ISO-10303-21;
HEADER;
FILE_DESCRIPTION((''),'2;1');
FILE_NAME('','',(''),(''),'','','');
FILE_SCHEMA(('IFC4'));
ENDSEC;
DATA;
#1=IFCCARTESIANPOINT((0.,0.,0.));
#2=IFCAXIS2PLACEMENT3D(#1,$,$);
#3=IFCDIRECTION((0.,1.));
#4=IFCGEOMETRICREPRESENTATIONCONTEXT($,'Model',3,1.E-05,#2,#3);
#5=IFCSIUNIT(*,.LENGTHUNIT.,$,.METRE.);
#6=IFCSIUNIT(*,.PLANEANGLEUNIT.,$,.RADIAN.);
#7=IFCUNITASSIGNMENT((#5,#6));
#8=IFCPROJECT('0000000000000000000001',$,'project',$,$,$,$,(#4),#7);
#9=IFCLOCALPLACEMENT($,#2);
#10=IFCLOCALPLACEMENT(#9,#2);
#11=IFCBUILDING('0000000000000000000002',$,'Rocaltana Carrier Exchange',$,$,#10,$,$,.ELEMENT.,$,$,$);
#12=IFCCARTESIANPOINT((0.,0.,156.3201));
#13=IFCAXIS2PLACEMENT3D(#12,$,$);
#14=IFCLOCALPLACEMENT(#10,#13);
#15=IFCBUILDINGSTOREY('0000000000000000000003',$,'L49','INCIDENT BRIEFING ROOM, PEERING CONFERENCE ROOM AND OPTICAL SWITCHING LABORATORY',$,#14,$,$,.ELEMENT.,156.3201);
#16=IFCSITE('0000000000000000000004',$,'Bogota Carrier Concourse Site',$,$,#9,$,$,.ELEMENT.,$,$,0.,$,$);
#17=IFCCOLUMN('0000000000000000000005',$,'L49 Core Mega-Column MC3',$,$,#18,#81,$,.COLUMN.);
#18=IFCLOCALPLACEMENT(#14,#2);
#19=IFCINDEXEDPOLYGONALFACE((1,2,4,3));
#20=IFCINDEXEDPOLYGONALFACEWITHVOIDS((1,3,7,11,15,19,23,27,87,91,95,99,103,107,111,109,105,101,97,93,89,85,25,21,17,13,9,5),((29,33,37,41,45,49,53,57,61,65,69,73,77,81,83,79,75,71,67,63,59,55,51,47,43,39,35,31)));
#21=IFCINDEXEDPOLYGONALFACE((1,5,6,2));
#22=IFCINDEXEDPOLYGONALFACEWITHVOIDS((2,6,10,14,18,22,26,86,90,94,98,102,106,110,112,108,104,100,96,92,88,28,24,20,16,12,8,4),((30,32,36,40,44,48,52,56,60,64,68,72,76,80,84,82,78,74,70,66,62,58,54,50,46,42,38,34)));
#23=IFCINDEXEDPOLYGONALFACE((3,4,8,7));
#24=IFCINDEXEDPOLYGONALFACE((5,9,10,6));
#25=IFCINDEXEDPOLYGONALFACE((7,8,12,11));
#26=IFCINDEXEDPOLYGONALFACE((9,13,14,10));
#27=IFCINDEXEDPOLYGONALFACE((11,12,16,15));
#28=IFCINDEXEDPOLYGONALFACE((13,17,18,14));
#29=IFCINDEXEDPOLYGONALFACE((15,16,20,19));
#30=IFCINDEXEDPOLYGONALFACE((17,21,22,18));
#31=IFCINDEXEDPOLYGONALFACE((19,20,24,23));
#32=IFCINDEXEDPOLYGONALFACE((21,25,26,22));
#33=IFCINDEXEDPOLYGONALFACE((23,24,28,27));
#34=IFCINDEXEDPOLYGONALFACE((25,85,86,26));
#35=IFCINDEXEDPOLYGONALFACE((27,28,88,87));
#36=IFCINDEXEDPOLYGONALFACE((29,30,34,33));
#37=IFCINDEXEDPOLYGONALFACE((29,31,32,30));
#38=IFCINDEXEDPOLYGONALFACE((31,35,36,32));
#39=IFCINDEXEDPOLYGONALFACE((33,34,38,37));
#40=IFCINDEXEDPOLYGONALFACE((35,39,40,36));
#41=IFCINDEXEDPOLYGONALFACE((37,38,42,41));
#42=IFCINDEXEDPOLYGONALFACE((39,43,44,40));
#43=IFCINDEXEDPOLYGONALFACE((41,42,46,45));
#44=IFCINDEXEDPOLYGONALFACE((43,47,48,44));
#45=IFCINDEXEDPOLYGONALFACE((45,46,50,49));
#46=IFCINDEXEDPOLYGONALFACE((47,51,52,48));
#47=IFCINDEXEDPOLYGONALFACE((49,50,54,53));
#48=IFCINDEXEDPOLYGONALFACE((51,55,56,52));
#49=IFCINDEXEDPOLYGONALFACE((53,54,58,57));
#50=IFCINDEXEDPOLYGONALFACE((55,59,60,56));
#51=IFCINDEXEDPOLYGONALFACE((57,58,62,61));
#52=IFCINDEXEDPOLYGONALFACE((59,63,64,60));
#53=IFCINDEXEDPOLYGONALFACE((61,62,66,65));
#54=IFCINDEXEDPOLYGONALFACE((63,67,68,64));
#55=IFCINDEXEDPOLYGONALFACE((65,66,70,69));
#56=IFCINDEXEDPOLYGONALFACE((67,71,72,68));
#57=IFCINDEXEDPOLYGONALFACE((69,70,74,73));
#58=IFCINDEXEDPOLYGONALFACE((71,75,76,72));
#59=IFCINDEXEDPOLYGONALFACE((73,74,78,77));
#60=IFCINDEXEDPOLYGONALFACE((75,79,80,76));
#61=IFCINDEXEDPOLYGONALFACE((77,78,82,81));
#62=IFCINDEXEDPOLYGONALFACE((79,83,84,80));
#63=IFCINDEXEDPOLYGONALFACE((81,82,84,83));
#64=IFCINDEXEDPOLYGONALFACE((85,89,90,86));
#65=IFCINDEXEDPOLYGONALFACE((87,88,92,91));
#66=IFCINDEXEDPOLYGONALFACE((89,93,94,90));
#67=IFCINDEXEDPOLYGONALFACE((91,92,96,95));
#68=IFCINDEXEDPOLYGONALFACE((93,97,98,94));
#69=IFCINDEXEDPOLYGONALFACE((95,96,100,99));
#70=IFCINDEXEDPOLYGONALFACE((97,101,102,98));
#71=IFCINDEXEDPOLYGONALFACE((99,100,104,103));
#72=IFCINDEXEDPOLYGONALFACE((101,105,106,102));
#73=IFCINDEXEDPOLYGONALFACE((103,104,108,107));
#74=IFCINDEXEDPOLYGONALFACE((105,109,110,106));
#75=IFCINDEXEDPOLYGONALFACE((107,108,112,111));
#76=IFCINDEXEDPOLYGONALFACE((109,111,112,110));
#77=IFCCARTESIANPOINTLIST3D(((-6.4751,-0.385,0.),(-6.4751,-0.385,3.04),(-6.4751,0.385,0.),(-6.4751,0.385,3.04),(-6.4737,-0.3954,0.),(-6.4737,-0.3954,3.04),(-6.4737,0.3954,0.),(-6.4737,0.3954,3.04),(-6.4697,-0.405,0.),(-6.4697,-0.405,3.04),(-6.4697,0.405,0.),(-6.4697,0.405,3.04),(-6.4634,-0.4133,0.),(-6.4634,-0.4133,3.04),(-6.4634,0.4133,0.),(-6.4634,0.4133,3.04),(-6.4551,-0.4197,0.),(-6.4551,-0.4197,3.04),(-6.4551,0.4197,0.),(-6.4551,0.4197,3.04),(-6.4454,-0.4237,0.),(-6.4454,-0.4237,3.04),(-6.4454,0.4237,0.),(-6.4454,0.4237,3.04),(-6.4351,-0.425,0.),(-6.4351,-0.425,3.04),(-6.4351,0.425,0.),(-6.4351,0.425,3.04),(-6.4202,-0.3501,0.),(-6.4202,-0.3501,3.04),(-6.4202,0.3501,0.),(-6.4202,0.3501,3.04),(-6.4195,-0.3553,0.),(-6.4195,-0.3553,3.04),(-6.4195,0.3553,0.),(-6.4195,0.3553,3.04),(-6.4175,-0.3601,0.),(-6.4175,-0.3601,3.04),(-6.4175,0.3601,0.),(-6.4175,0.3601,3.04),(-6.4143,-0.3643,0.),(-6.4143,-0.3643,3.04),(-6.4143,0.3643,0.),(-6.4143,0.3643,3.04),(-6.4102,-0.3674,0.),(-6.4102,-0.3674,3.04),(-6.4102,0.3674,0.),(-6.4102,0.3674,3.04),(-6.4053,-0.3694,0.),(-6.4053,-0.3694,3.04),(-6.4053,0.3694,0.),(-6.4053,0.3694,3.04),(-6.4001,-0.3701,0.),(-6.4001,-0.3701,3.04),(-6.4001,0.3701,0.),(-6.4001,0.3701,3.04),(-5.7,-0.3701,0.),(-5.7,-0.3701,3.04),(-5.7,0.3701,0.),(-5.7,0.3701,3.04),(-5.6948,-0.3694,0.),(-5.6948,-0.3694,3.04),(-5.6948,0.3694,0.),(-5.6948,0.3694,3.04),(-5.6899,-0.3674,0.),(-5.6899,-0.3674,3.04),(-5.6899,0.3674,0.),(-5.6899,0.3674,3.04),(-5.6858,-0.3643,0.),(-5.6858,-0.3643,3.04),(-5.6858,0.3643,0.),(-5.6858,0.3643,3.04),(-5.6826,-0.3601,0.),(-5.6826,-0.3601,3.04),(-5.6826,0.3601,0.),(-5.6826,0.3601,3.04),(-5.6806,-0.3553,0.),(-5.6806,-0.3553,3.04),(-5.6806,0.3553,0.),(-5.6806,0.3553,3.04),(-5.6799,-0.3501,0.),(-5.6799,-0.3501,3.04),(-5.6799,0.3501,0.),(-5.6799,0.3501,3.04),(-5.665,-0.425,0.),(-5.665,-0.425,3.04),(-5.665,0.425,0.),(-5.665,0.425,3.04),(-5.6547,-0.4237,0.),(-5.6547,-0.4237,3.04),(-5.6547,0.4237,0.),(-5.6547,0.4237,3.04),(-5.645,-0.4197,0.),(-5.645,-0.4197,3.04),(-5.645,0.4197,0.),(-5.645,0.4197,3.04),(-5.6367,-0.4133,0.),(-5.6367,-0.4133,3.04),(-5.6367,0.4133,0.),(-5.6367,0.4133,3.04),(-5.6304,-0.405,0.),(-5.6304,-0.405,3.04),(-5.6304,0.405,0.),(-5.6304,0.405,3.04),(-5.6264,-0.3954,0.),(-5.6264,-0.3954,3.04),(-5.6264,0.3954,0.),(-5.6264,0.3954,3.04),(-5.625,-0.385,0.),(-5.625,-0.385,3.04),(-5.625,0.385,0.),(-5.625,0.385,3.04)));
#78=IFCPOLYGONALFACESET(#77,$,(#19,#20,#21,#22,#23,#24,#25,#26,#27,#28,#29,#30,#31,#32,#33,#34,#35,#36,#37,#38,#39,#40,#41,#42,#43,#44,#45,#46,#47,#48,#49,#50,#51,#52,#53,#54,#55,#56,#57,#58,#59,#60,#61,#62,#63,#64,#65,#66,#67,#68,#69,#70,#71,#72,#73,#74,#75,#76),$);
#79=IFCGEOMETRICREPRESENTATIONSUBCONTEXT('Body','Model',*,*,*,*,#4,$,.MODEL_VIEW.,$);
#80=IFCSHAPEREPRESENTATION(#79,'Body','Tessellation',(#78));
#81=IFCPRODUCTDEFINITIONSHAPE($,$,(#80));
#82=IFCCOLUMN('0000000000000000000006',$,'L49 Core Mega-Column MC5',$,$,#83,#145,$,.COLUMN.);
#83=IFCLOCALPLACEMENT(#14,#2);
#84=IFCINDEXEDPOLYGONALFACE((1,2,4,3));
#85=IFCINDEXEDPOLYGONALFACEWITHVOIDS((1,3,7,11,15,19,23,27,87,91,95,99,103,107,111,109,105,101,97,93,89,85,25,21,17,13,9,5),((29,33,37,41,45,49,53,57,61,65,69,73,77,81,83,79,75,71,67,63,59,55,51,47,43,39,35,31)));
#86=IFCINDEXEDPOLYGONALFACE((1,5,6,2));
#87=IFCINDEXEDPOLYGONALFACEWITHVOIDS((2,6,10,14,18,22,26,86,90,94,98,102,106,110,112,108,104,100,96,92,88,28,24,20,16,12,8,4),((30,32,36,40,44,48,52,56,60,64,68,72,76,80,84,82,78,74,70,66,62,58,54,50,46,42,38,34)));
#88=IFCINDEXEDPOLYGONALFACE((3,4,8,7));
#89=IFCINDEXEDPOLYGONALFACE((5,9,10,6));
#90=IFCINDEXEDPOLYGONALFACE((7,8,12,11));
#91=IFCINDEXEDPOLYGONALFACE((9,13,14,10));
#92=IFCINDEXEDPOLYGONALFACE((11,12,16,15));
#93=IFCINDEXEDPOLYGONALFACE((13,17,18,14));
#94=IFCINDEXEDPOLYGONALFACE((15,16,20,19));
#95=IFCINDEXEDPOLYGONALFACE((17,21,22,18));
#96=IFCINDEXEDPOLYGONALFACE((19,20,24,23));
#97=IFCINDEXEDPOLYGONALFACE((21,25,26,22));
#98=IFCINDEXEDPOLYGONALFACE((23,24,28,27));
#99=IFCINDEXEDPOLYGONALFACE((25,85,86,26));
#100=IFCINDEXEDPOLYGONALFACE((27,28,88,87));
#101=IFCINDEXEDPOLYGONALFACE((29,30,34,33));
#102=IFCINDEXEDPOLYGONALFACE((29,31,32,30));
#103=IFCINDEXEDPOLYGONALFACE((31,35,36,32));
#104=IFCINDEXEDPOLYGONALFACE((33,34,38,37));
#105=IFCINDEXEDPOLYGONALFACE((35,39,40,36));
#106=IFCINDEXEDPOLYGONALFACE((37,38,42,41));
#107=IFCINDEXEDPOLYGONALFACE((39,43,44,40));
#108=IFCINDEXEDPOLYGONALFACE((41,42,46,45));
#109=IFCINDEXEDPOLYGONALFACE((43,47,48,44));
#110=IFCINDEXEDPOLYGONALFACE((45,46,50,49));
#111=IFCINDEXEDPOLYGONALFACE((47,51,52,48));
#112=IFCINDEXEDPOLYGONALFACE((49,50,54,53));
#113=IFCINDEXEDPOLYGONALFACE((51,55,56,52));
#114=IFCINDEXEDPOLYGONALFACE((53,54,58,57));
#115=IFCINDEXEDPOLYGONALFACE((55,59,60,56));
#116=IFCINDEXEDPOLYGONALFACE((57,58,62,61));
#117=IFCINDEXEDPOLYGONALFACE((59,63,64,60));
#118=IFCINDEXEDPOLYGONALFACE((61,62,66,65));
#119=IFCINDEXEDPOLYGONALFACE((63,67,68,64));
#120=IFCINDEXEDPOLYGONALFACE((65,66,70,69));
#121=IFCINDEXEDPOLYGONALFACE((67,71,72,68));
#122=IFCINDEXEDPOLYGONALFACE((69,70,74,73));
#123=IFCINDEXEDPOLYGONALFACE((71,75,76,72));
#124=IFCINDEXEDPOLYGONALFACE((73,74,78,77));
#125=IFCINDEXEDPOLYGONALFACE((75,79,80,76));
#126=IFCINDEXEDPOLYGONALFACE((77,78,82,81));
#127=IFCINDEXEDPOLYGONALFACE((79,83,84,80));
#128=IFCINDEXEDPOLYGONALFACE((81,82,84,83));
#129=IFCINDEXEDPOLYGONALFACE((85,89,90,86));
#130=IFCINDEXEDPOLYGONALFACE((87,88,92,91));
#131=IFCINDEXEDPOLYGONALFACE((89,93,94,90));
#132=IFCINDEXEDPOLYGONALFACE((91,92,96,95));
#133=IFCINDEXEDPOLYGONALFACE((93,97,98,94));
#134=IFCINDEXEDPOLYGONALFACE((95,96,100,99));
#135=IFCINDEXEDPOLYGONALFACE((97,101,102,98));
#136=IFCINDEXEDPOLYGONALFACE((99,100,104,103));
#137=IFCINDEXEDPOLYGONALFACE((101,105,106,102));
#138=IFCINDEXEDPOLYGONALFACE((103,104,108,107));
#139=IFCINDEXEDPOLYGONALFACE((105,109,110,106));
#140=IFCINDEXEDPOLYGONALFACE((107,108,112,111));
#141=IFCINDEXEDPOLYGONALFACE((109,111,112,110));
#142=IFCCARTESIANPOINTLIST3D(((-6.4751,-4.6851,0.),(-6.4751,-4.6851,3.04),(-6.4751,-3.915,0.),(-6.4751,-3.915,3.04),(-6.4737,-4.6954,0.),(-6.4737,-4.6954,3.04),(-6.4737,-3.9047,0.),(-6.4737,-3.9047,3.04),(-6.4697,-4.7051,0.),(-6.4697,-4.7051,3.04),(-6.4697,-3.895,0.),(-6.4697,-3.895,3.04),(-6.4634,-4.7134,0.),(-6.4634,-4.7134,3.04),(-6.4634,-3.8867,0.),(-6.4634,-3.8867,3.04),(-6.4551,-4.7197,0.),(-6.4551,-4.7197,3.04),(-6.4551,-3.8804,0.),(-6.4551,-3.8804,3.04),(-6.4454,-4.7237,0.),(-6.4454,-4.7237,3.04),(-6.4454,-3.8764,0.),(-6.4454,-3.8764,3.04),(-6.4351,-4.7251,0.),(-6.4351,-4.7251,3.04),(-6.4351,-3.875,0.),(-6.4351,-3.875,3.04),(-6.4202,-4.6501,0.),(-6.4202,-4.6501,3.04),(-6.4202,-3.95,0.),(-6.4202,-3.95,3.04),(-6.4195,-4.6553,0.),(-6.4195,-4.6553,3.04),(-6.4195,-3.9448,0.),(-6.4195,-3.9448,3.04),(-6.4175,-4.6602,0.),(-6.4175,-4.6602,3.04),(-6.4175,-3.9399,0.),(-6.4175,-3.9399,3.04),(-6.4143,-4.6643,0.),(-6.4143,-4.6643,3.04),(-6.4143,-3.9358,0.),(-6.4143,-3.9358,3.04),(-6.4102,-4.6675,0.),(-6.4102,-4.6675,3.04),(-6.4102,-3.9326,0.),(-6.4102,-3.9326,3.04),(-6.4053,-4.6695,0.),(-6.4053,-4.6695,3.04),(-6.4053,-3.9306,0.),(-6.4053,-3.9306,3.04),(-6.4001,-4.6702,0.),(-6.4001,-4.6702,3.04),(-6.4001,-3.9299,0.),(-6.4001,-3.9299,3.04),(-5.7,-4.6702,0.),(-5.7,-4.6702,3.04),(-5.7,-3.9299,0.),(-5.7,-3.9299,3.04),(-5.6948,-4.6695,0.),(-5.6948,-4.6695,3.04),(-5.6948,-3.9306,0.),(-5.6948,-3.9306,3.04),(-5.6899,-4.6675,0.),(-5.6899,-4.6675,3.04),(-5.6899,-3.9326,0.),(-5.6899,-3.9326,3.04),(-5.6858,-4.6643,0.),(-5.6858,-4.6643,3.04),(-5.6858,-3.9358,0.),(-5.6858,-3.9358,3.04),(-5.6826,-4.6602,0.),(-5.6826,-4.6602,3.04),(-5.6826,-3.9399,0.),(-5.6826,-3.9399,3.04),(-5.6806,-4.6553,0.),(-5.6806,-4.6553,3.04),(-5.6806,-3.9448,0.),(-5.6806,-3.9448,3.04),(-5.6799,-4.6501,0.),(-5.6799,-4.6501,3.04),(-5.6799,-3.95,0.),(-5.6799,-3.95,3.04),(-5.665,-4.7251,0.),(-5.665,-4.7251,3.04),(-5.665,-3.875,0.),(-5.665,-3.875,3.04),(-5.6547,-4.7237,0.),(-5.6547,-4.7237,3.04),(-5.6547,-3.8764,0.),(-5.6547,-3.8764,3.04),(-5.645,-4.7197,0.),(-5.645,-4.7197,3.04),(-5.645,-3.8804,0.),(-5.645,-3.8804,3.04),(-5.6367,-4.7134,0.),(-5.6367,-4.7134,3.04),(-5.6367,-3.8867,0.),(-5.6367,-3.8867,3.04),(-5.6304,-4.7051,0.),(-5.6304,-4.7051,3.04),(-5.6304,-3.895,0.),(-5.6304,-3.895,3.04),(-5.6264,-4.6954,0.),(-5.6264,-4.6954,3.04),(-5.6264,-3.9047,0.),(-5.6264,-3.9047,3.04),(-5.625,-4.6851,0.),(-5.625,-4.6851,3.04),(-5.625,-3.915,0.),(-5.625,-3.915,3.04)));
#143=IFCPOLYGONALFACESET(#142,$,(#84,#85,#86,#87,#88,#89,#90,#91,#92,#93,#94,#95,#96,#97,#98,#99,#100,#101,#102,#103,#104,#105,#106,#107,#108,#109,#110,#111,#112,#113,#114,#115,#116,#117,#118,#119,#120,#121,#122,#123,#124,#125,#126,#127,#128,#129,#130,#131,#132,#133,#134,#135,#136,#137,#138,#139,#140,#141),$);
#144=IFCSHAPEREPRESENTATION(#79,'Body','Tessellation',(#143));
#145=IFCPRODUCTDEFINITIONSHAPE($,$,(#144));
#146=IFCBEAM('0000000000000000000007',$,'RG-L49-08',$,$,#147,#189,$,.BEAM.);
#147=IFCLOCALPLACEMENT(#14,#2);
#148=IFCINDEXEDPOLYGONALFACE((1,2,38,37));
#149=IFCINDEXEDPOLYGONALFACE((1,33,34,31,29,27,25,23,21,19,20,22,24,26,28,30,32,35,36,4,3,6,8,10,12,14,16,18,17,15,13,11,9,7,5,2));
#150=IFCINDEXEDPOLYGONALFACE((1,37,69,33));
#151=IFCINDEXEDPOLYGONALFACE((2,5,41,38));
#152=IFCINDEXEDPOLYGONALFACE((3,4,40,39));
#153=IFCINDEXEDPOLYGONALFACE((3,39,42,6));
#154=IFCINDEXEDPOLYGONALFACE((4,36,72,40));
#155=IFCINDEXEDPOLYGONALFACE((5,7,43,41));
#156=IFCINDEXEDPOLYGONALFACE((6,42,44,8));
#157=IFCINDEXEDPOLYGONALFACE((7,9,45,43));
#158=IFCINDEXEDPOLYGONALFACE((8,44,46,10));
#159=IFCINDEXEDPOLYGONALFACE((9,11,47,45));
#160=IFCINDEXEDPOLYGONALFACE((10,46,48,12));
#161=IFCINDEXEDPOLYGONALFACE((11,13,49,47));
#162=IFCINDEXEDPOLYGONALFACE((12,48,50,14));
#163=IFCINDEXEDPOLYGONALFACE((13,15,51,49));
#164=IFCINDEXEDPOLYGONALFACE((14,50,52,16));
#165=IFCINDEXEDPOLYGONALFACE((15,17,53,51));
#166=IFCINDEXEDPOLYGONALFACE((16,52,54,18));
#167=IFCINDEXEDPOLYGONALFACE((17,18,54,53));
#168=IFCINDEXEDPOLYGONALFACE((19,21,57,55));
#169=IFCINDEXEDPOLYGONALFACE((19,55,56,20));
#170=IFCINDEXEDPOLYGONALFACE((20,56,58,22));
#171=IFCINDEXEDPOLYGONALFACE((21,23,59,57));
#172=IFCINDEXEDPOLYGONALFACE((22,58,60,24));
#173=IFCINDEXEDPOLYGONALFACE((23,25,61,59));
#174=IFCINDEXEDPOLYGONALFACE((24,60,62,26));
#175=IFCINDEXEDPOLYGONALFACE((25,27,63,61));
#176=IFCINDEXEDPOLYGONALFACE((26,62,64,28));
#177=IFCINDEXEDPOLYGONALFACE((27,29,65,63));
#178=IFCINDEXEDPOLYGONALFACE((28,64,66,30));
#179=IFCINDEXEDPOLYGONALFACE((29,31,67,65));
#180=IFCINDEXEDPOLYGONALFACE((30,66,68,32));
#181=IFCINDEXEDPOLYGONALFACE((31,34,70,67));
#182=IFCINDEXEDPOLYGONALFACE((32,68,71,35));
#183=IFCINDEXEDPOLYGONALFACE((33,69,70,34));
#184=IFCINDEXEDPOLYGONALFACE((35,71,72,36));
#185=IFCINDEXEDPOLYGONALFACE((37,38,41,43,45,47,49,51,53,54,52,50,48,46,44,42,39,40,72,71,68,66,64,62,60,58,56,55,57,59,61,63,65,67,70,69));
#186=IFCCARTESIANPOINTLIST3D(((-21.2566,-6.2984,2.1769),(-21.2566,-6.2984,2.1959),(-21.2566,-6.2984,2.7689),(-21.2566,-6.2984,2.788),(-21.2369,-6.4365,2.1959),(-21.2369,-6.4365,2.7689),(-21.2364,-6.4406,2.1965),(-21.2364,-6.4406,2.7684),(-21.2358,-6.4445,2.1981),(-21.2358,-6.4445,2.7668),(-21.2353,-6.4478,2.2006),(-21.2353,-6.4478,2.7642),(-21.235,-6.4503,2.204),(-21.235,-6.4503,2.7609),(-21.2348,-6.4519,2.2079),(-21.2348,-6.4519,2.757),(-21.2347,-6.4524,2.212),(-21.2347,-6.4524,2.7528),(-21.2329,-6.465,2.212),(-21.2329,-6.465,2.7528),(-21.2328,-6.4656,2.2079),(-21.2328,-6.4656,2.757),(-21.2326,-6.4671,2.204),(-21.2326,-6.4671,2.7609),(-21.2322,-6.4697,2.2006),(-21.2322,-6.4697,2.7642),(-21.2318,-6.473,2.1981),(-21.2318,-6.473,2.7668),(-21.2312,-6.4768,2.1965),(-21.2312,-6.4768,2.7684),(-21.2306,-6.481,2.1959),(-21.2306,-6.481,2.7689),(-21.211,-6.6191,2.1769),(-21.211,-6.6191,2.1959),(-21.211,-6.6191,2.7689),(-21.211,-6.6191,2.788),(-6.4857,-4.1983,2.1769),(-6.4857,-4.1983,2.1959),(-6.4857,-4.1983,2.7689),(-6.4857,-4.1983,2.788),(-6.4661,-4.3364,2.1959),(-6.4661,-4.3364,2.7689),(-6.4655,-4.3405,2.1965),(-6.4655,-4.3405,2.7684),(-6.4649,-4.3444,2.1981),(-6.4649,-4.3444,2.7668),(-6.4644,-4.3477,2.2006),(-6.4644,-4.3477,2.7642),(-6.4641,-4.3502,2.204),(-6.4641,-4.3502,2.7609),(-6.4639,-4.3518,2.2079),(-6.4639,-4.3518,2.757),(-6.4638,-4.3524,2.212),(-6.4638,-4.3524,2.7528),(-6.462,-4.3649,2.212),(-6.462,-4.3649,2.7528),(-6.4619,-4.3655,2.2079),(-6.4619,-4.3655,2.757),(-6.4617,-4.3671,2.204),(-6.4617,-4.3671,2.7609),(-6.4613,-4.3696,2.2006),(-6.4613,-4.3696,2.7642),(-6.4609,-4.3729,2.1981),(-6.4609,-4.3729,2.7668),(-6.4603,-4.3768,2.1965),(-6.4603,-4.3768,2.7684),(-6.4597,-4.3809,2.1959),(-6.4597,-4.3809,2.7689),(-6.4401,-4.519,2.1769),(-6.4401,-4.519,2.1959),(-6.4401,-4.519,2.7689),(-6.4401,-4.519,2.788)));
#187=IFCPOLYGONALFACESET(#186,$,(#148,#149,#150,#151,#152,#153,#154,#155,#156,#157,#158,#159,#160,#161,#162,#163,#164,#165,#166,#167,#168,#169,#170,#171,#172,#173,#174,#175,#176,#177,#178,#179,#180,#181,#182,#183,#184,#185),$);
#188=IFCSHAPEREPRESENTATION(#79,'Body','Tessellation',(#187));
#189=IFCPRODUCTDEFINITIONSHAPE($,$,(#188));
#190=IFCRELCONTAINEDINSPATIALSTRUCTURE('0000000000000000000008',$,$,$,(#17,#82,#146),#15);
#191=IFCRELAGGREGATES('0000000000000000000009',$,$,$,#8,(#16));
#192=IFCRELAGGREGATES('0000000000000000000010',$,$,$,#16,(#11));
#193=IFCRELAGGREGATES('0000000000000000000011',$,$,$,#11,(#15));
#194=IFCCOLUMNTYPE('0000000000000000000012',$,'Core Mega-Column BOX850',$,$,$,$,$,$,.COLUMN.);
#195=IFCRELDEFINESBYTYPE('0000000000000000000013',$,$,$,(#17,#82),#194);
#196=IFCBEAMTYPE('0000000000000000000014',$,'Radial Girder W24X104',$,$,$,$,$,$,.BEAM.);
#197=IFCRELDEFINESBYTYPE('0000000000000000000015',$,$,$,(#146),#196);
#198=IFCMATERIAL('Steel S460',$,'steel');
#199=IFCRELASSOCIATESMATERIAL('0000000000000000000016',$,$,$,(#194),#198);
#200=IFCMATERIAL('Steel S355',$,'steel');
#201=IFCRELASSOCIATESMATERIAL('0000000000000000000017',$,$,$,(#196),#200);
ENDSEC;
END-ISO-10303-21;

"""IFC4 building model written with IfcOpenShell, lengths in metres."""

from ifc_helpers import new_model, si_unit, direction, frame, origin, origin_2d, place, context, subcontext, project, spatial, hollow_rectangle, i_section, extrude, material, material_profile, profile_set, type_object, element, save


model = new_model("IFC4")

# Units and contexts
model_context = context("Model", 3, precision=1e-05, world=origin(), true_north=direction((0.0, 1.0)))
body_context = subcontext(model_context, "Body", "Model", "MODEL_VIEW")
ifc_project = project(units=[si_unit("LENGTHUNIT", "METRE"), si_unit("PLANEANGLEUNIT", "RADIAN")], contexts=[model_context])

# Site, building, storey
site_placement = place(None, origin())
site = spatial("IfcSite", under=ifc_project, at=site_placement, Name="Bogota Carrier Concourse Site", CompositionType="ELEMENT", RefElevation=0.0)
building_placement = place(site_placement, origin())
building = spatial("IfcBuilding", under=site, at=building_placement, Name="Rocaltana Carrier Exchange", CompositionType="ELEMENT")
storey_placement = place(building_placement, frame((0.0, 0.0, 156.3201)))
storey = spatial("IfcBuildingStorey", under=building, at=storey_placement, Name="L49", Description="INCIDENT BRIEFING ROOM, PEERING CONFERENCE ROOM AND OPTICAL SWITCHING LABORATORY", CompositionType="ELEMENT", Elevation=156.3201)

# Columns
ifc_material_1 = material(Name="Steel S460", Category="steel")
ifc_material_profile_1 = material_profile(ifc_material_1, hollow_rectangle(XDim=0.8501, YDim=0.8501, WallThickness=0.0549, InnerFilletRadius=0.02, OuterFilletRadius=0.04, at=origin_2d()), Name="BOX850X850X55")
ifc_profile_set_1 = profile_set([ifc_material_profile_1], Name="Steel S460")
column_type = type_object("IfcColumnType", Name="Core Mega-Column BOX850", PredefinedType="COLUMN", material=ifc_profile_set_1)
for number, where, z_axis, x_axis, name in (
    (1, (-6.05, 0.0, 0.0), (0.0, 0.0, 1.0), (1.0, 0.0, 0.0), "L49 Core Mega-Column MC3"),
    (2, (-6.05, -4.3, 0.0), (0.0, 0.0, 1.0), (1.0, 0.0, 0.0), "L49 Core Mega-Column MC5"),
):
    element("IfcColumn", number, at=place(storey_placement, frame(where, z_axis=z_axis, x_axis=x_axis)), inside=storey, type_object=column_type, Name=name, PredefinedType="COLUMN", context=body_context, shape_type="SweptSolid", body=[
        extrude(hollow_rectangle(XDim=0.8501, YDim=0.8501, WallThickness=0.0549, InnerFilletRadius=0.02, OuterFilletRadius=0.04, at=origin_2d()), origin(), (0.0, 0.0, 1.0), 3.04),
    ])

# Beam
ifc_material_2 = material(Name="Steel S355", Category="steel")
ifc_material_profile_2 = material_profile(ifc_material_2, i_section(OverallWidth=0.324, OverallDepth=0.6111, WebThickness=0.0127, FlangeThickness=0.019, FilletRadius=0.0161, at=origin_2d()), Name="W24X104")
ifc_profile_set_2 = profile_set([ifc_material_profile_2], Name="Steel S355")
beam_type = type_object("IfcBeamType", Name="Radial Girder W24X104", PredefinedType="BEAM", material=ifc_profile_set_2)
beam_1_placement = place(storey_placement, frame((-6.4629, -4.3586, 2.4824), z_axis=(-0.990044, -0.140762, 0.0), x_axis=(0.140762, -0.990044, 0.0)))
element("IfcBeam", 3, at=beam_1_placement, inside=storey, type_object=beam_type, Name="RG-L49-08", PredefinedType="BEAM", context=body_context, shape_type="SweptSolid", body=[
    extrude(i_section(OverallWidth=0.324, OverallDepth=0.6111, WebThickness=0.0127, FlangeThickness=0.019, FilletRadius=0.0161, at=origin_2d()), origin(), (0.0, 0.0, 1.0), 14.9194),
])

save(model, "model.ifc")
